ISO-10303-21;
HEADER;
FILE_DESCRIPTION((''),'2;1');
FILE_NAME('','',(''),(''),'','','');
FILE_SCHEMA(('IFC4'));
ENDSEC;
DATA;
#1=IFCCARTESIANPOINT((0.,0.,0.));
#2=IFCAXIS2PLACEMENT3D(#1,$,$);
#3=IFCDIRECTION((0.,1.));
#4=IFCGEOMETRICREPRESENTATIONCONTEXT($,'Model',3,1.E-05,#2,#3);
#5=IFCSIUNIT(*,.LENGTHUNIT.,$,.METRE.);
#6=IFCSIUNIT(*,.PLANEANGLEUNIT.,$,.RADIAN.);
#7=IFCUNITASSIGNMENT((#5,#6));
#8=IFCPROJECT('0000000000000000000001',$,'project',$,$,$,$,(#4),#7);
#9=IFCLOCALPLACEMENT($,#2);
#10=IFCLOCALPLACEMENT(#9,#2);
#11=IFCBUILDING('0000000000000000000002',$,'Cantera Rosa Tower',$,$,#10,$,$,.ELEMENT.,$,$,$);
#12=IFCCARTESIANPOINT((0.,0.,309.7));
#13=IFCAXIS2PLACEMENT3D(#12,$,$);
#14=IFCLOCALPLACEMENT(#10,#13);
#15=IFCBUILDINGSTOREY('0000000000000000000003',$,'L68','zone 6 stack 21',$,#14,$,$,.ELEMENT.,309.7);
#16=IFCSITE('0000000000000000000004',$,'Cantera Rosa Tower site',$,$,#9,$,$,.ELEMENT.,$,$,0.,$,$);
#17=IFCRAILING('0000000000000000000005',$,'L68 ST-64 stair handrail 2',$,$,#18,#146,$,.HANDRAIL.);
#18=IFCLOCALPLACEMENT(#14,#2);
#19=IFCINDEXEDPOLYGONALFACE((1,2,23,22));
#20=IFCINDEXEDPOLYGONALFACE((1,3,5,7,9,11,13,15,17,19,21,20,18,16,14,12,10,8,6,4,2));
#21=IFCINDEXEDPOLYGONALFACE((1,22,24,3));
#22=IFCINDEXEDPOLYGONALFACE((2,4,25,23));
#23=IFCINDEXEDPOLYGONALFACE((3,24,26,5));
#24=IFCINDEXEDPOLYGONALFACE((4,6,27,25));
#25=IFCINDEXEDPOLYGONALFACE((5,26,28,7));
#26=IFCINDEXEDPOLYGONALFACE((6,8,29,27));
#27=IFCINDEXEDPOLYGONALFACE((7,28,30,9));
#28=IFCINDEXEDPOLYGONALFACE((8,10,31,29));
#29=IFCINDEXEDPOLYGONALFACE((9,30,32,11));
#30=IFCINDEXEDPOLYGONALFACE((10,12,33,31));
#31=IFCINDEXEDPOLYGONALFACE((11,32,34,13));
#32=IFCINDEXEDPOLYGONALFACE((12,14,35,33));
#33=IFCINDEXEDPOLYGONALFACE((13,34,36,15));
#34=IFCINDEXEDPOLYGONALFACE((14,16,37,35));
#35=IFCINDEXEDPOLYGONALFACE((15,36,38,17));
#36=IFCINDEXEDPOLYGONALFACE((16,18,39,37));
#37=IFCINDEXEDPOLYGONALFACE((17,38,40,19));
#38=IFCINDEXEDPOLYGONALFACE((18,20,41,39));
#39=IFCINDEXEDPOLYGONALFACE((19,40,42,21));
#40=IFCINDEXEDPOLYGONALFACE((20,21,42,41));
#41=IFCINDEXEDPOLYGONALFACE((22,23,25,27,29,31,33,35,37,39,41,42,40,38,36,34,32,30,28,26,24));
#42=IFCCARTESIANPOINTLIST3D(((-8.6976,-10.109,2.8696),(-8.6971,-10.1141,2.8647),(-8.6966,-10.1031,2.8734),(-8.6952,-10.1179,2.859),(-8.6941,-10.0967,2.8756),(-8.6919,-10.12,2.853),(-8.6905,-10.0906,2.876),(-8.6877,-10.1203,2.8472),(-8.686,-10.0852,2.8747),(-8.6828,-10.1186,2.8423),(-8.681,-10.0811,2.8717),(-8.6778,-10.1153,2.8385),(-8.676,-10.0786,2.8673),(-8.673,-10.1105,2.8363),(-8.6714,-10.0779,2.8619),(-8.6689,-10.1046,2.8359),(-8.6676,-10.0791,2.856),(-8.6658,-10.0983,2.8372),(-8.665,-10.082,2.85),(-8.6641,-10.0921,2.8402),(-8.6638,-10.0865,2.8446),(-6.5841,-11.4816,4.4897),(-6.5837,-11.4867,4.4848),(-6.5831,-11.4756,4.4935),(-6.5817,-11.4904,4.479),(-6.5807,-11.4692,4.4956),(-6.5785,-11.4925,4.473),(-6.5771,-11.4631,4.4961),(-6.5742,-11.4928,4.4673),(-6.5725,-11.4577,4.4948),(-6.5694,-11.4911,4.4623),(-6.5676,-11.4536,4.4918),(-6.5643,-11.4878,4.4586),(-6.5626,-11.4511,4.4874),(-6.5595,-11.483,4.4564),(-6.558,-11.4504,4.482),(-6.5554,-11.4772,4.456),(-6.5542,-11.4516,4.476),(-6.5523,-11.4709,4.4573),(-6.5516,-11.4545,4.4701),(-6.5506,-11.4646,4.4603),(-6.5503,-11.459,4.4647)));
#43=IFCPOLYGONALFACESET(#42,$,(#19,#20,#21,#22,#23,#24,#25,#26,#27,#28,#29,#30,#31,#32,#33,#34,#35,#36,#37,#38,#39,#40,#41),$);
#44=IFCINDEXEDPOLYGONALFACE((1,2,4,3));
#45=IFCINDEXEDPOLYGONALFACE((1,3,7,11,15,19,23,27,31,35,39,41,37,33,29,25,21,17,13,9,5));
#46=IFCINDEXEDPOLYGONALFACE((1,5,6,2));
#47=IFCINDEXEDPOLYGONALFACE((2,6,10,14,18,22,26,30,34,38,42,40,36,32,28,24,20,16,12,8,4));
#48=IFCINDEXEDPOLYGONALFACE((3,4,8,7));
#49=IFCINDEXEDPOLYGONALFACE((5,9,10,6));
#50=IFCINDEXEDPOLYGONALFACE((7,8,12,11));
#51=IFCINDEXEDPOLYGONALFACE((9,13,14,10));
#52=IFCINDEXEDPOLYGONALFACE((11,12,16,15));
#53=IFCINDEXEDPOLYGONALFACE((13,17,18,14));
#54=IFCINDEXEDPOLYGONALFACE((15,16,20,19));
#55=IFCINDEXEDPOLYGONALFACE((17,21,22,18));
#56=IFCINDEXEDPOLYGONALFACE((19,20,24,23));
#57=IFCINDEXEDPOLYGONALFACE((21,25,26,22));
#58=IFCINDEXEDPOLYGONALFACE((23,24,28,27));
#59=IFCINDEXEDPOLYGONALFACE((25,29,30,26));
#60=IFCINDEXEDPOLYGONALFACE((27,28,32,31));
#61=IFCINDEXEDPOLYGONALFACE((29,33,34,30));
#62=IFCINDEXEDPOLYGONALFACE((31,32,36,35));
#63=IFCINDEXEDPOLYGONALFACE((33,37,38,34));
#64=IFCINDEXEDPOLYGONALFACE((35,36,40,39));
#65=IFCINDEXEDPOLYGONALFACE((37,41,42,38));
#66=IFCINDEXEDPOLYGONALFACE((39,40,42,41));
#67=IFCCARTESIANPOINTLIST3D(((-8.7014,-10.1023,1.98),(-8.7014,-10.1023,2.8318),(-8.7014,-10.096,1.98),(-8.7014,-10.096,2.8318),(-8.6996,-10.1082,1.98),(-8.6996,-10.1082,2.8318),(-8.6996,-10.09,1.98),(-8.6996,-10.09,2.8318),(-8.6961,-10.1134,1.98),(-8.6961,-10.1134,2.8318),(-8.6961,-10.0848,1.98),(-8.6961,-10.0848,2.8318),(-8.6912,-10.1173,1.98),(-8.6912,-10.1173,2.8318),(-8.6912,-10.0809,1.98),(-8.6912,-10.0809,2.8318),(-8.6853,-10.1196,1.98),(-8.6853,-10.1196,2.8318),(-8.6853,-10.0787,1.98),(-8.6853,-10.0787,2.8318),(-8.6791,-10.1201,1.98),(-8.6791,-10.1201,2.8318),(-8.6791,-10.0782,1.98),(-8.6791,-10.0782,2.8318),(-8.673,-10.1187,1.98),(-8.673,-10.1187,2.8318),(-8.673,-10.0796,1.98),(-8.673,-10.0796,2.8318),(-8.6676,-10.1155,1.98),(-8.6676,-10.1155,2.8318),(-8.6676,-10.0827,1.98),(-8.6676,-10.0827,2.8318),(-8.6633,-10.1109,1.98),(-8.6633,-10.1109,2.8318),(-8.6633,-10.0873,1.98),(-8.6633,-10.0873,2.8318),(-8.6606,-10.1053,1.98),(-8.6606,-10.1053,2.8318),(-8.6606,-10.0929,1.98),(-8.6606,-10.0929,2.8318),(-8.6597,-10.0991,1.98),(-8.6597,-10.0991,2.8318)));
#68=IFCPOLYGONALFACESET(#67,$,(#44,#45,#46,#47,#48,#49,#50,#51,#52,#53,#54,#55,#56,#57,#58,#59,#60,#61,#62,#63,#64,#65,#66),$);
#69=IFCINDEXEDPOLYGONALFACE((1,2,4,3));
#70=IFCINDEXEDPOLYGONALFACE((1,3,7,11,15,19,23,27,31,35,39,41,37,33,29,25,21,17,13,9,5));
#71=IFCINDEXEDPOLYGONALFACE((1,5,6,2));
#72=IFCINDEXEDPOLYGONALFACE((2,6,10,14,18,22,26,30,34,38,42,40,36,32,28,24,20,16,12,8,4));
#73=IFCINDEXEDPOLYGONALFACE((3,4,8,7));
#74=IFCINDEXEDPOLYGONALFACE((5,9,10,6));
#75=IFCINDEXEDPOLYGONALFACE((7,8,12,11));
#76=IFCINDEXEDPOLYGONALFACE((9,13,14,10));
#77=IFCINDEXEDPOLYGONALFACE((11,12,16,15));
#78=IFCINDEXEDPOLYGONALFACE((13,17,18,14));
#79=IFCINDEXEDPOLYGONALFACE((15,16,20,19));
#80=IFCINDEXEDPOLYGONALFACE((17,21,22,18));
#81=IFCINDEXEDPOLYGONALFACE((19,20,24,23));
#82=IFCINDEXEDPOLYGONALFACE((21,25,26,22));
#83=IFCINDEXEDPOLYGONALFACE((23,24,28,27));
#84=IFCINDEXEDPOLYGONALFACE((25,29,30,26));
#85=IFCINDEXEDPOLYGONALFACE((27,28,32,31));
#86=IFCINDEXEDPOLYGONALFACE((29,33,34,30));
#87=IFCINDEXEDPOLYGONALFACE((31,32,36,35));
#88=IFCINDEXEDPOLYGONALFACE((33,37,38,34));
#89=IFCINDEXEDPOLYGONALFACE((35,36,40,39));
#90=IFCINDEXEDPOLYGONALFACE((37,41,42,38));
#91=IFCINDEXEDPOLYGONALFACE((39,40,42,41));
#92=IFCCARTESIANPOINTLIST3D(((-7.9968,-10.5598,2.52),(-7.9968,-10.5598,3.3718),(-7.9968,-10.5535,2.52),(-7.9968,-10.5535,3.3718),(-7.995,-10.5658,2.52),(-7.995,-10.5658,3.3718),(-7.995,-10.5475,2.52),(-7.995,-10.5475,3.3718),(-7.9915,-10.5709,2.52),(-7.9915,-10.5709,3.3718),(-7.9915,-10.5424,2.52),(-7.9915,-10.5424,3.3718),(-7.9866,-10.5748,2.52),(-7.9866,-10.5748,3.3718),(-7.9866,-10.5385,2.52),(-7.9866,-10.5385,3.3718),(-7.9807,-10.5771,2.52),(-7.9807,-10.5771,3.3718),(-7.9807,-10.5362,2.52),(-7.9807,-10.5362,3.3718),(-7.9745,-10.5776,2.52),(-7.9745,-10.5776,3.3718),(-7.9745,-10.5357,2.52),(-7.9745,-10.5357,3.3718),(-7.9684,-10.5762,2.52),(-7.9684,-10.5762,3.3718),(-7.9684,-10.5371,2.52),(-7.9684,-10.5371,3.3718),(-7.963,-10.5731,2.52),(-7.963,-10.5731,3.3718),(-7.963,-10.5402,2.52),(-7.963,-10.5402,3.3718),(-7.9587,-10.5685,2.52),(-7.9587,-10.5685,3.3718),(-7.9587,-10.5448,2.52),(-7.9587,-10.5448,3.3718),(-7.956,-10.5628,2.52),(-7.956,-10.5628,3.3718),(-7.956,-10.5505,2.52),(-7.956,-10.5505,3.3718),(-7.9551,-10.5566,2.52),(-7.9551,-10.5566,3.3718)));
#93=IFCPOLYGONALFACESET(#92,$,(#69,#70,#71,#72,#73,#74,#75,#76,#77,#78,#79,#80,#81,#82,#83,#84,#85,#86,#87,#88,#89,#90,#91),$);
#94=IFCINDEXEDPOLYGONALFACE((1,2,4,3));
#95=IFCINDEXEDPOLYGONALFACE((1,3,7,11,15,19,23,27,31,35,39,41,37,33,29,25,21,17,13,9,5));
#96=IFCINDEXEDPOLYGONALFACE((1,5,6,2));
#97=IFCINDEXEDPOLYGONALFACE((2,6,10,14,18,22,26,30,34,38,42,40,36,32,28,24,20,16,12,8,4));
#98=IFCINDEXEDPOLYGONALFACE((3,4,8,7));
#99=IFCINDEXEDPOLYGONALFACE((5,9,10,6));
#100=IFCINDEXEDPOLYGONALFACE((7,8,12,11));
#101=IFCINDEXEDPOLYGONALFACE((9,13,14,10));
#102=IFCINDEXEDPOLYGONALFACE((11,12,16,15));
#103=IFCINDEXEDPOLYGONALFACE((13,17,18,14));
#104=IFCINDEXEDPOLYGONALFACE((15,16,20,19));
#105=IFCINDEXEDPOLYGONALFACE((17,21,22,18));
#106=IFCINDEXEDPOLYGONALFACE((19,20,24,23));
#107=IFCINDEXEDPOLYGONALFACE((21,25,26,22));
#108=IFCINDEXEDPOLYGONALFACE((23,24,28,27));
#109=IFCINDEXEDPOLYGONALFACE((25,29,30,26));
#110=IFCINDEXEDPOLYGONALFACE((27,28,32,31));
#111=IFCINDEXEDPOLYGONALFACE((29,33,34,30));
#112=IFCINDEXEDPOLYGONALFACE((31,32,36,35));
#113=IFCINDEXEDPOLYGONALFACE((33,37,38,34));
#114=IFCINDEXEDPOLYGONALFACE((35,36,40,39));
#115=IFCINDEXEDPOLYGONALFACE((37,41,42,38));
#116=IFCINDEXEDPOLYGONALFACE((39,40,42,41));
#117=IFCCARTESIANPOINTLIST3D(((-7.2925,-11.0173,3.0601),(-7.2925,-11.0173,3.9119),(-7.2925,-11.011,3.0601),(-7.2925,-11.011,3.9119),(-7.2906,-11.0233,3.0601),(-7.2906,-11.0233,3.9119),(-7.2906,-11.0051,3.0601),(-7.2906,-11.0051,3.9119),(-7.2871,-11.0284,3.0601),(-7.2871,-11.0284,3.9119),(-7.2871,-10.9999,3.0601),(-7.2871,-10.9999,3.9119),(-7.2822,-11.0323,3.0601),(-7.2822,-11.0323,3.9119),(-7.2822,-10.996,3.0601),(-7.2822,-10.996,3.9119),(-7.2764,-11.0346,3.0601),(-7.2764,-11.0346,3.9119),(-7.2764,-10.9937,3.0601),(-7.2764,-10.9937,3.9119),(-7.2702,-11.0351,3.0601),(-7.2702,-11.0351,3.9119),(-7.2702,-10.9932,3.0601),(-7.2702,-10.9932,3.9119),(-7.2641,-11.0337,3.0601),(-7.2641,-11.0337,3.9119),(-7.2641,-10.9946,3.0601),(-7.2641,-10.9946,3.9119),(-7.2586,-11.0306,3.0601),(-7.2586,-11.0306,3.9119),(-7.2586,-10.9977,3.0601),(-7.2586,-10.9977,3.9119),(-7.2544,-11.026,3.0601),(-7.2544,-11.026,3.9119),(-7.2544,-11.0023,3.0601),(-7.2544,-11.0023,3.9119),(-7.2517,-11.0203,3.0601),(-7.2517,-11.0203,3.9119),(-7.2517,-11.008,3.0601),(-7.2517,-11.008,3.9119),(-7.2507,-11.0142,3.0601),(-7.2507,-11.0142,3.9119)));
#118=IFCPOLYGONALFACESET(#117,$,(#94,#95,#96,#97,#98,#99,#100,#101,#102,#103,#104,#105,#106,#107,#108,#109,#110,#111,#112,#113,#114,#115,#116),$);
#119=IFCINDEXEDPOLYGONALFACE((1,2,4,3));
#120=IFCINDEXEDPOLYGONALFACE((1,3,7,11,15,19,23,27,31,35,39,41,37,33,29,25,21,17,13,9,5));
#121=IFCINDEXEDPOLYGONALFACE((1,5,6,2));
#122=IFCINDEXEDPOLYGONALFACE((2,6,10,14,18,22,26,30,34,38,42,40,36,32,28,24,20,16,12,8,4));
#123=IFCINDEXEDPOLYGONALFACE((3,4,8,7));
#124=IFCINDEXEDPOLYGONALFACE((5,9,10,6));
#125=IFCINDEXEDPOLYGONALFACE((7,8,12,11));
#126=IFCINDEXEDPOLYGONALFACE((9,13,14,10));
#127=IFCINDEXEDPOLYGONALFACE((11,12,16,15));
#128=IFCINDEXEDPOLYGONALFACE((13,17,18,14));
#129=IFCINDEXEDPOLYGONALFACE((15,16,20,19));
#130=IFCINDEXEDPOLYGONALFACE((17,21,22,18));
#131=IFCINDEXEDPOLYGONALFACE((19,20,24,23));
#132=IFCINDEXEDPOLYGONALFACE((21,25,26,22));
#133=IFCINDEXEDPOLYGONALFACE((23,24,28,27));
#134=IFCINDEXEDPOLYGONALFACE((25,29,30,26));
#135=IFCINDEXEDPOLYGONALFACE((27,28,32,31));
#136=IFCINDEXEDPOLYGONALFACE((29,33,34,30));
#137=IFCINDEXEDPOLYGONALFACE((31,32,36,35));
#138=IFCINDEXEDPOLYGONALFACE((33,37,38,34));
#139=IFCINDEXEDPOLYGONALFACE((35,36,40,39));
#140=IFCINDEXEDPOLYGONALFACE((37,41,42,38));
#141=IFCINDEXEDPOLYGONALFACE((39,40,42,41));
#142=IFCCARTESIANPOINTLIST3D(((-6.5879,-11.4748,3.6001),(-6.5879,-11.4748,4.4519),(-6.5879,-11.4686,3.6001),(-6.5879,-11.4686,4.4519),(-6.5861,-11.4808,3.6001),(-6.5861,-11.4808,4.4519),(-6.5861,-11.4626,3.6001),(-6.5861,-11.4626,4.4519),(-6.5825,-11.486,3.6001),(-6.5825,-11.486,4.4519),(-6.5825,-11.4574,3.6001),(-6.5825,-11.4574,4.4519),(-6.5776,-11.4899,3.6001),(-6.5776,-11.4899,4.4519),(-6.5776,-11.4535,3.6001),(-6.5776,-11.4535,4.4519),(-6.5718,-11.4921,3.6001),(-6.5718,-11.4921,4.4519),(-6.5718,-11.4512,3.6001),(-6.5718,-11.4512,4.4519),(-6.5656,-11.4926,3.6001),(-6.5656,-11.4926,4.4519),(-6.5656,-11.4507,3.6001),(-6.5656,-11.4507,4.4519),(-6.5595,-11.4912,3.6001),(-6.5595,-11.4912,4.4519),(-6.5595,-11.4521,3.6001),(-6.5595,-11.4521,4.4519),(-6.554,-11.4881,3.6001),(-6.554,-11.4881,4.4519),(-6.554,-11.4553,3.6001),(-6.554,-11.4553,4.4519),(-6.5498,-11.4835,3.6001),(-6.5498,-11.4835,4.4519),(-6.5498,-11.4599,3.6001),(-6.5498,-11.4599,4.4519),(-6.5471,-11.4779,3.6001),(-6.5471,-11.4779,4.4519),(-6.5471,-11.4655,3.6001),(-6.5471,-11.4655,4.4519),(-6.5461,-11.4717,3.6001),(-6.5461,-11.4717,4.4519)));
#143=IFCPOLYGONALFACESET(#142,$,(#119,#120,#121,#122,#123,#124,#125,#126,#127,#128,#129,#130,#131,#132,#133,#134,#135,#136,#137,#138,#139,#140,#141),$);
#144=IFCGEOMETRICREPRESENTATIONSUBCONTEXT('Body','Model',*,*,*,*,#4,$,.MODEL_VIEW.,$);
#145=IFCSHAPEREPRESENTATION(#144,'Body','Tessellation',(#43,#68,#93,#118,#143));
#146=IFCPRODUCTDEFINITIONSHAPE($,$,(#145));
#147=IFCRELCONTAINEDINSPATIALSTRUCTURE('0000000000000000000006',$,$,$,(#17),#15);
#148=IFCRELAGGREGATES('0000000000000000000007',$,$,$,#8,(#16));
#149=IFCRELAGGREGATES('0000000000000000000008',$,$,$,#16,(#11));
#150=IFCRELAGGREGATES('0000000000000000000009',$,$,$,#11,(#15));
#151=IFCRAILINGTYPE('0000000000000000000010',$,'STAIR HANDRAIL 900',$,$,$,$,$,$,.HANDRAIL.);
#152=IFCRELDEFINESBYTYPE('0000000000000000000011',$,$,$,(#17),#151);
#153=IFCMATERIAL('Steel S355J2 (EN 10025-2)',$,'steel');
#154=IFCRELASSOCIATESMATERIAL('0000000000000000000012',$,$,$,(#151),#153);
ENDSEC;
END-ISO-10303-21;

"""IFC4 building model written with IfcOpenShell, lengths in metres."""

from ifc_helpers import new_model, si_unit, direction, frame, origin, origin_2d, place, context, subcontext, project, spatial, circle, extrude, material, type_object, element, save


model = new_model("IFC4")

# Units and contexts
model_context = context("Model", 3, precision=1e-05, world=origin(), true_north=direction((0.0, 1.0)))
body_context = subcontext(model_context, "Body", "Model", "MODEL_VIEW")
ifc_project = project(units=[si_unit("LENGTHUNIT", "METRE"), si_unit("PLANEANGLEUNIT", "RADIAN")], contexts=[model_context])

# Site, building, storey
site_placement = place(None, origin())
site = spatial("IfcSite", under=ifc_project, at=site_placement, Name="Cantera Rosa Tower site", CompositionType="ELEMENT", RefElevation=0.0)
building_placement = place(site_placement, origin())
building = spatial("IfcBuilding", under=site, at=building_placement, Name="Cantera Rosa Tower", CompositionType="ELEMENT")
storey_placement = place(building_placement, frame((0.0, 0.0, 309.7)))
storey = spatial("IfcBuildingStorey", under=building, at=storey_placement, Name="L68", Description="zone 6 stack 21", CompositionType="ELEMENT", Elevation=309.7)

# Railing
ifc_material_1 = material(Name="Steel S355J2 (EN 10025-2)", Category="steel")
railing_type_1 = type_object("IfcRailingType", Name="STAIR HANDRAIL 900", PredefinedType="HANDRAIL", material=ifc_material_1)
railing_1_placement = place(storey_placement, frame((-8.6807, -10.0991, 1.98)))
element("IfcRailing", 1, at=railing_1_placement, inside=storey, type_object=railing_type_1, Name="L68 ST-64 stair handrail 2", PredefinedType="HANDRAIL", context=body_context, shape_type="SweptSolid", body=[
    extrude(circle(Radius=0.0239, at=origin_2d()), frame((0.0, 0.0, 0.876), z_axis=(0.705462, -0.458139, 0.54077), x_axis=(0.544644, 0.838667, 0.0)), (0.0, 0.0, 1.0), 2.9958),
    extrude(circle(Radius=0.021, at=origin_2d()), origin(), (0.0, 0.0, 1.0), 0.8518),
    extrude(circle(Radius=0.021, at=origin_2d()), frame((0.7046, -0.4575, 0.54)), (0.0, 0.0, 1.0), 0.8518),
    extrude(circle(Radius=0.021, at=origin_2d()), frame((1.4089, -0.915, 1.0801)), (0.0, 0.0, 1.0), 0.8518),
    extrude(circle(Radius=0.021, at=origin_2d()), frame((2.1135, -1.3726, 1.6201)), (0.0, 0.0, 1.0), 0.8518),
])

save(model, "model.ifc")
